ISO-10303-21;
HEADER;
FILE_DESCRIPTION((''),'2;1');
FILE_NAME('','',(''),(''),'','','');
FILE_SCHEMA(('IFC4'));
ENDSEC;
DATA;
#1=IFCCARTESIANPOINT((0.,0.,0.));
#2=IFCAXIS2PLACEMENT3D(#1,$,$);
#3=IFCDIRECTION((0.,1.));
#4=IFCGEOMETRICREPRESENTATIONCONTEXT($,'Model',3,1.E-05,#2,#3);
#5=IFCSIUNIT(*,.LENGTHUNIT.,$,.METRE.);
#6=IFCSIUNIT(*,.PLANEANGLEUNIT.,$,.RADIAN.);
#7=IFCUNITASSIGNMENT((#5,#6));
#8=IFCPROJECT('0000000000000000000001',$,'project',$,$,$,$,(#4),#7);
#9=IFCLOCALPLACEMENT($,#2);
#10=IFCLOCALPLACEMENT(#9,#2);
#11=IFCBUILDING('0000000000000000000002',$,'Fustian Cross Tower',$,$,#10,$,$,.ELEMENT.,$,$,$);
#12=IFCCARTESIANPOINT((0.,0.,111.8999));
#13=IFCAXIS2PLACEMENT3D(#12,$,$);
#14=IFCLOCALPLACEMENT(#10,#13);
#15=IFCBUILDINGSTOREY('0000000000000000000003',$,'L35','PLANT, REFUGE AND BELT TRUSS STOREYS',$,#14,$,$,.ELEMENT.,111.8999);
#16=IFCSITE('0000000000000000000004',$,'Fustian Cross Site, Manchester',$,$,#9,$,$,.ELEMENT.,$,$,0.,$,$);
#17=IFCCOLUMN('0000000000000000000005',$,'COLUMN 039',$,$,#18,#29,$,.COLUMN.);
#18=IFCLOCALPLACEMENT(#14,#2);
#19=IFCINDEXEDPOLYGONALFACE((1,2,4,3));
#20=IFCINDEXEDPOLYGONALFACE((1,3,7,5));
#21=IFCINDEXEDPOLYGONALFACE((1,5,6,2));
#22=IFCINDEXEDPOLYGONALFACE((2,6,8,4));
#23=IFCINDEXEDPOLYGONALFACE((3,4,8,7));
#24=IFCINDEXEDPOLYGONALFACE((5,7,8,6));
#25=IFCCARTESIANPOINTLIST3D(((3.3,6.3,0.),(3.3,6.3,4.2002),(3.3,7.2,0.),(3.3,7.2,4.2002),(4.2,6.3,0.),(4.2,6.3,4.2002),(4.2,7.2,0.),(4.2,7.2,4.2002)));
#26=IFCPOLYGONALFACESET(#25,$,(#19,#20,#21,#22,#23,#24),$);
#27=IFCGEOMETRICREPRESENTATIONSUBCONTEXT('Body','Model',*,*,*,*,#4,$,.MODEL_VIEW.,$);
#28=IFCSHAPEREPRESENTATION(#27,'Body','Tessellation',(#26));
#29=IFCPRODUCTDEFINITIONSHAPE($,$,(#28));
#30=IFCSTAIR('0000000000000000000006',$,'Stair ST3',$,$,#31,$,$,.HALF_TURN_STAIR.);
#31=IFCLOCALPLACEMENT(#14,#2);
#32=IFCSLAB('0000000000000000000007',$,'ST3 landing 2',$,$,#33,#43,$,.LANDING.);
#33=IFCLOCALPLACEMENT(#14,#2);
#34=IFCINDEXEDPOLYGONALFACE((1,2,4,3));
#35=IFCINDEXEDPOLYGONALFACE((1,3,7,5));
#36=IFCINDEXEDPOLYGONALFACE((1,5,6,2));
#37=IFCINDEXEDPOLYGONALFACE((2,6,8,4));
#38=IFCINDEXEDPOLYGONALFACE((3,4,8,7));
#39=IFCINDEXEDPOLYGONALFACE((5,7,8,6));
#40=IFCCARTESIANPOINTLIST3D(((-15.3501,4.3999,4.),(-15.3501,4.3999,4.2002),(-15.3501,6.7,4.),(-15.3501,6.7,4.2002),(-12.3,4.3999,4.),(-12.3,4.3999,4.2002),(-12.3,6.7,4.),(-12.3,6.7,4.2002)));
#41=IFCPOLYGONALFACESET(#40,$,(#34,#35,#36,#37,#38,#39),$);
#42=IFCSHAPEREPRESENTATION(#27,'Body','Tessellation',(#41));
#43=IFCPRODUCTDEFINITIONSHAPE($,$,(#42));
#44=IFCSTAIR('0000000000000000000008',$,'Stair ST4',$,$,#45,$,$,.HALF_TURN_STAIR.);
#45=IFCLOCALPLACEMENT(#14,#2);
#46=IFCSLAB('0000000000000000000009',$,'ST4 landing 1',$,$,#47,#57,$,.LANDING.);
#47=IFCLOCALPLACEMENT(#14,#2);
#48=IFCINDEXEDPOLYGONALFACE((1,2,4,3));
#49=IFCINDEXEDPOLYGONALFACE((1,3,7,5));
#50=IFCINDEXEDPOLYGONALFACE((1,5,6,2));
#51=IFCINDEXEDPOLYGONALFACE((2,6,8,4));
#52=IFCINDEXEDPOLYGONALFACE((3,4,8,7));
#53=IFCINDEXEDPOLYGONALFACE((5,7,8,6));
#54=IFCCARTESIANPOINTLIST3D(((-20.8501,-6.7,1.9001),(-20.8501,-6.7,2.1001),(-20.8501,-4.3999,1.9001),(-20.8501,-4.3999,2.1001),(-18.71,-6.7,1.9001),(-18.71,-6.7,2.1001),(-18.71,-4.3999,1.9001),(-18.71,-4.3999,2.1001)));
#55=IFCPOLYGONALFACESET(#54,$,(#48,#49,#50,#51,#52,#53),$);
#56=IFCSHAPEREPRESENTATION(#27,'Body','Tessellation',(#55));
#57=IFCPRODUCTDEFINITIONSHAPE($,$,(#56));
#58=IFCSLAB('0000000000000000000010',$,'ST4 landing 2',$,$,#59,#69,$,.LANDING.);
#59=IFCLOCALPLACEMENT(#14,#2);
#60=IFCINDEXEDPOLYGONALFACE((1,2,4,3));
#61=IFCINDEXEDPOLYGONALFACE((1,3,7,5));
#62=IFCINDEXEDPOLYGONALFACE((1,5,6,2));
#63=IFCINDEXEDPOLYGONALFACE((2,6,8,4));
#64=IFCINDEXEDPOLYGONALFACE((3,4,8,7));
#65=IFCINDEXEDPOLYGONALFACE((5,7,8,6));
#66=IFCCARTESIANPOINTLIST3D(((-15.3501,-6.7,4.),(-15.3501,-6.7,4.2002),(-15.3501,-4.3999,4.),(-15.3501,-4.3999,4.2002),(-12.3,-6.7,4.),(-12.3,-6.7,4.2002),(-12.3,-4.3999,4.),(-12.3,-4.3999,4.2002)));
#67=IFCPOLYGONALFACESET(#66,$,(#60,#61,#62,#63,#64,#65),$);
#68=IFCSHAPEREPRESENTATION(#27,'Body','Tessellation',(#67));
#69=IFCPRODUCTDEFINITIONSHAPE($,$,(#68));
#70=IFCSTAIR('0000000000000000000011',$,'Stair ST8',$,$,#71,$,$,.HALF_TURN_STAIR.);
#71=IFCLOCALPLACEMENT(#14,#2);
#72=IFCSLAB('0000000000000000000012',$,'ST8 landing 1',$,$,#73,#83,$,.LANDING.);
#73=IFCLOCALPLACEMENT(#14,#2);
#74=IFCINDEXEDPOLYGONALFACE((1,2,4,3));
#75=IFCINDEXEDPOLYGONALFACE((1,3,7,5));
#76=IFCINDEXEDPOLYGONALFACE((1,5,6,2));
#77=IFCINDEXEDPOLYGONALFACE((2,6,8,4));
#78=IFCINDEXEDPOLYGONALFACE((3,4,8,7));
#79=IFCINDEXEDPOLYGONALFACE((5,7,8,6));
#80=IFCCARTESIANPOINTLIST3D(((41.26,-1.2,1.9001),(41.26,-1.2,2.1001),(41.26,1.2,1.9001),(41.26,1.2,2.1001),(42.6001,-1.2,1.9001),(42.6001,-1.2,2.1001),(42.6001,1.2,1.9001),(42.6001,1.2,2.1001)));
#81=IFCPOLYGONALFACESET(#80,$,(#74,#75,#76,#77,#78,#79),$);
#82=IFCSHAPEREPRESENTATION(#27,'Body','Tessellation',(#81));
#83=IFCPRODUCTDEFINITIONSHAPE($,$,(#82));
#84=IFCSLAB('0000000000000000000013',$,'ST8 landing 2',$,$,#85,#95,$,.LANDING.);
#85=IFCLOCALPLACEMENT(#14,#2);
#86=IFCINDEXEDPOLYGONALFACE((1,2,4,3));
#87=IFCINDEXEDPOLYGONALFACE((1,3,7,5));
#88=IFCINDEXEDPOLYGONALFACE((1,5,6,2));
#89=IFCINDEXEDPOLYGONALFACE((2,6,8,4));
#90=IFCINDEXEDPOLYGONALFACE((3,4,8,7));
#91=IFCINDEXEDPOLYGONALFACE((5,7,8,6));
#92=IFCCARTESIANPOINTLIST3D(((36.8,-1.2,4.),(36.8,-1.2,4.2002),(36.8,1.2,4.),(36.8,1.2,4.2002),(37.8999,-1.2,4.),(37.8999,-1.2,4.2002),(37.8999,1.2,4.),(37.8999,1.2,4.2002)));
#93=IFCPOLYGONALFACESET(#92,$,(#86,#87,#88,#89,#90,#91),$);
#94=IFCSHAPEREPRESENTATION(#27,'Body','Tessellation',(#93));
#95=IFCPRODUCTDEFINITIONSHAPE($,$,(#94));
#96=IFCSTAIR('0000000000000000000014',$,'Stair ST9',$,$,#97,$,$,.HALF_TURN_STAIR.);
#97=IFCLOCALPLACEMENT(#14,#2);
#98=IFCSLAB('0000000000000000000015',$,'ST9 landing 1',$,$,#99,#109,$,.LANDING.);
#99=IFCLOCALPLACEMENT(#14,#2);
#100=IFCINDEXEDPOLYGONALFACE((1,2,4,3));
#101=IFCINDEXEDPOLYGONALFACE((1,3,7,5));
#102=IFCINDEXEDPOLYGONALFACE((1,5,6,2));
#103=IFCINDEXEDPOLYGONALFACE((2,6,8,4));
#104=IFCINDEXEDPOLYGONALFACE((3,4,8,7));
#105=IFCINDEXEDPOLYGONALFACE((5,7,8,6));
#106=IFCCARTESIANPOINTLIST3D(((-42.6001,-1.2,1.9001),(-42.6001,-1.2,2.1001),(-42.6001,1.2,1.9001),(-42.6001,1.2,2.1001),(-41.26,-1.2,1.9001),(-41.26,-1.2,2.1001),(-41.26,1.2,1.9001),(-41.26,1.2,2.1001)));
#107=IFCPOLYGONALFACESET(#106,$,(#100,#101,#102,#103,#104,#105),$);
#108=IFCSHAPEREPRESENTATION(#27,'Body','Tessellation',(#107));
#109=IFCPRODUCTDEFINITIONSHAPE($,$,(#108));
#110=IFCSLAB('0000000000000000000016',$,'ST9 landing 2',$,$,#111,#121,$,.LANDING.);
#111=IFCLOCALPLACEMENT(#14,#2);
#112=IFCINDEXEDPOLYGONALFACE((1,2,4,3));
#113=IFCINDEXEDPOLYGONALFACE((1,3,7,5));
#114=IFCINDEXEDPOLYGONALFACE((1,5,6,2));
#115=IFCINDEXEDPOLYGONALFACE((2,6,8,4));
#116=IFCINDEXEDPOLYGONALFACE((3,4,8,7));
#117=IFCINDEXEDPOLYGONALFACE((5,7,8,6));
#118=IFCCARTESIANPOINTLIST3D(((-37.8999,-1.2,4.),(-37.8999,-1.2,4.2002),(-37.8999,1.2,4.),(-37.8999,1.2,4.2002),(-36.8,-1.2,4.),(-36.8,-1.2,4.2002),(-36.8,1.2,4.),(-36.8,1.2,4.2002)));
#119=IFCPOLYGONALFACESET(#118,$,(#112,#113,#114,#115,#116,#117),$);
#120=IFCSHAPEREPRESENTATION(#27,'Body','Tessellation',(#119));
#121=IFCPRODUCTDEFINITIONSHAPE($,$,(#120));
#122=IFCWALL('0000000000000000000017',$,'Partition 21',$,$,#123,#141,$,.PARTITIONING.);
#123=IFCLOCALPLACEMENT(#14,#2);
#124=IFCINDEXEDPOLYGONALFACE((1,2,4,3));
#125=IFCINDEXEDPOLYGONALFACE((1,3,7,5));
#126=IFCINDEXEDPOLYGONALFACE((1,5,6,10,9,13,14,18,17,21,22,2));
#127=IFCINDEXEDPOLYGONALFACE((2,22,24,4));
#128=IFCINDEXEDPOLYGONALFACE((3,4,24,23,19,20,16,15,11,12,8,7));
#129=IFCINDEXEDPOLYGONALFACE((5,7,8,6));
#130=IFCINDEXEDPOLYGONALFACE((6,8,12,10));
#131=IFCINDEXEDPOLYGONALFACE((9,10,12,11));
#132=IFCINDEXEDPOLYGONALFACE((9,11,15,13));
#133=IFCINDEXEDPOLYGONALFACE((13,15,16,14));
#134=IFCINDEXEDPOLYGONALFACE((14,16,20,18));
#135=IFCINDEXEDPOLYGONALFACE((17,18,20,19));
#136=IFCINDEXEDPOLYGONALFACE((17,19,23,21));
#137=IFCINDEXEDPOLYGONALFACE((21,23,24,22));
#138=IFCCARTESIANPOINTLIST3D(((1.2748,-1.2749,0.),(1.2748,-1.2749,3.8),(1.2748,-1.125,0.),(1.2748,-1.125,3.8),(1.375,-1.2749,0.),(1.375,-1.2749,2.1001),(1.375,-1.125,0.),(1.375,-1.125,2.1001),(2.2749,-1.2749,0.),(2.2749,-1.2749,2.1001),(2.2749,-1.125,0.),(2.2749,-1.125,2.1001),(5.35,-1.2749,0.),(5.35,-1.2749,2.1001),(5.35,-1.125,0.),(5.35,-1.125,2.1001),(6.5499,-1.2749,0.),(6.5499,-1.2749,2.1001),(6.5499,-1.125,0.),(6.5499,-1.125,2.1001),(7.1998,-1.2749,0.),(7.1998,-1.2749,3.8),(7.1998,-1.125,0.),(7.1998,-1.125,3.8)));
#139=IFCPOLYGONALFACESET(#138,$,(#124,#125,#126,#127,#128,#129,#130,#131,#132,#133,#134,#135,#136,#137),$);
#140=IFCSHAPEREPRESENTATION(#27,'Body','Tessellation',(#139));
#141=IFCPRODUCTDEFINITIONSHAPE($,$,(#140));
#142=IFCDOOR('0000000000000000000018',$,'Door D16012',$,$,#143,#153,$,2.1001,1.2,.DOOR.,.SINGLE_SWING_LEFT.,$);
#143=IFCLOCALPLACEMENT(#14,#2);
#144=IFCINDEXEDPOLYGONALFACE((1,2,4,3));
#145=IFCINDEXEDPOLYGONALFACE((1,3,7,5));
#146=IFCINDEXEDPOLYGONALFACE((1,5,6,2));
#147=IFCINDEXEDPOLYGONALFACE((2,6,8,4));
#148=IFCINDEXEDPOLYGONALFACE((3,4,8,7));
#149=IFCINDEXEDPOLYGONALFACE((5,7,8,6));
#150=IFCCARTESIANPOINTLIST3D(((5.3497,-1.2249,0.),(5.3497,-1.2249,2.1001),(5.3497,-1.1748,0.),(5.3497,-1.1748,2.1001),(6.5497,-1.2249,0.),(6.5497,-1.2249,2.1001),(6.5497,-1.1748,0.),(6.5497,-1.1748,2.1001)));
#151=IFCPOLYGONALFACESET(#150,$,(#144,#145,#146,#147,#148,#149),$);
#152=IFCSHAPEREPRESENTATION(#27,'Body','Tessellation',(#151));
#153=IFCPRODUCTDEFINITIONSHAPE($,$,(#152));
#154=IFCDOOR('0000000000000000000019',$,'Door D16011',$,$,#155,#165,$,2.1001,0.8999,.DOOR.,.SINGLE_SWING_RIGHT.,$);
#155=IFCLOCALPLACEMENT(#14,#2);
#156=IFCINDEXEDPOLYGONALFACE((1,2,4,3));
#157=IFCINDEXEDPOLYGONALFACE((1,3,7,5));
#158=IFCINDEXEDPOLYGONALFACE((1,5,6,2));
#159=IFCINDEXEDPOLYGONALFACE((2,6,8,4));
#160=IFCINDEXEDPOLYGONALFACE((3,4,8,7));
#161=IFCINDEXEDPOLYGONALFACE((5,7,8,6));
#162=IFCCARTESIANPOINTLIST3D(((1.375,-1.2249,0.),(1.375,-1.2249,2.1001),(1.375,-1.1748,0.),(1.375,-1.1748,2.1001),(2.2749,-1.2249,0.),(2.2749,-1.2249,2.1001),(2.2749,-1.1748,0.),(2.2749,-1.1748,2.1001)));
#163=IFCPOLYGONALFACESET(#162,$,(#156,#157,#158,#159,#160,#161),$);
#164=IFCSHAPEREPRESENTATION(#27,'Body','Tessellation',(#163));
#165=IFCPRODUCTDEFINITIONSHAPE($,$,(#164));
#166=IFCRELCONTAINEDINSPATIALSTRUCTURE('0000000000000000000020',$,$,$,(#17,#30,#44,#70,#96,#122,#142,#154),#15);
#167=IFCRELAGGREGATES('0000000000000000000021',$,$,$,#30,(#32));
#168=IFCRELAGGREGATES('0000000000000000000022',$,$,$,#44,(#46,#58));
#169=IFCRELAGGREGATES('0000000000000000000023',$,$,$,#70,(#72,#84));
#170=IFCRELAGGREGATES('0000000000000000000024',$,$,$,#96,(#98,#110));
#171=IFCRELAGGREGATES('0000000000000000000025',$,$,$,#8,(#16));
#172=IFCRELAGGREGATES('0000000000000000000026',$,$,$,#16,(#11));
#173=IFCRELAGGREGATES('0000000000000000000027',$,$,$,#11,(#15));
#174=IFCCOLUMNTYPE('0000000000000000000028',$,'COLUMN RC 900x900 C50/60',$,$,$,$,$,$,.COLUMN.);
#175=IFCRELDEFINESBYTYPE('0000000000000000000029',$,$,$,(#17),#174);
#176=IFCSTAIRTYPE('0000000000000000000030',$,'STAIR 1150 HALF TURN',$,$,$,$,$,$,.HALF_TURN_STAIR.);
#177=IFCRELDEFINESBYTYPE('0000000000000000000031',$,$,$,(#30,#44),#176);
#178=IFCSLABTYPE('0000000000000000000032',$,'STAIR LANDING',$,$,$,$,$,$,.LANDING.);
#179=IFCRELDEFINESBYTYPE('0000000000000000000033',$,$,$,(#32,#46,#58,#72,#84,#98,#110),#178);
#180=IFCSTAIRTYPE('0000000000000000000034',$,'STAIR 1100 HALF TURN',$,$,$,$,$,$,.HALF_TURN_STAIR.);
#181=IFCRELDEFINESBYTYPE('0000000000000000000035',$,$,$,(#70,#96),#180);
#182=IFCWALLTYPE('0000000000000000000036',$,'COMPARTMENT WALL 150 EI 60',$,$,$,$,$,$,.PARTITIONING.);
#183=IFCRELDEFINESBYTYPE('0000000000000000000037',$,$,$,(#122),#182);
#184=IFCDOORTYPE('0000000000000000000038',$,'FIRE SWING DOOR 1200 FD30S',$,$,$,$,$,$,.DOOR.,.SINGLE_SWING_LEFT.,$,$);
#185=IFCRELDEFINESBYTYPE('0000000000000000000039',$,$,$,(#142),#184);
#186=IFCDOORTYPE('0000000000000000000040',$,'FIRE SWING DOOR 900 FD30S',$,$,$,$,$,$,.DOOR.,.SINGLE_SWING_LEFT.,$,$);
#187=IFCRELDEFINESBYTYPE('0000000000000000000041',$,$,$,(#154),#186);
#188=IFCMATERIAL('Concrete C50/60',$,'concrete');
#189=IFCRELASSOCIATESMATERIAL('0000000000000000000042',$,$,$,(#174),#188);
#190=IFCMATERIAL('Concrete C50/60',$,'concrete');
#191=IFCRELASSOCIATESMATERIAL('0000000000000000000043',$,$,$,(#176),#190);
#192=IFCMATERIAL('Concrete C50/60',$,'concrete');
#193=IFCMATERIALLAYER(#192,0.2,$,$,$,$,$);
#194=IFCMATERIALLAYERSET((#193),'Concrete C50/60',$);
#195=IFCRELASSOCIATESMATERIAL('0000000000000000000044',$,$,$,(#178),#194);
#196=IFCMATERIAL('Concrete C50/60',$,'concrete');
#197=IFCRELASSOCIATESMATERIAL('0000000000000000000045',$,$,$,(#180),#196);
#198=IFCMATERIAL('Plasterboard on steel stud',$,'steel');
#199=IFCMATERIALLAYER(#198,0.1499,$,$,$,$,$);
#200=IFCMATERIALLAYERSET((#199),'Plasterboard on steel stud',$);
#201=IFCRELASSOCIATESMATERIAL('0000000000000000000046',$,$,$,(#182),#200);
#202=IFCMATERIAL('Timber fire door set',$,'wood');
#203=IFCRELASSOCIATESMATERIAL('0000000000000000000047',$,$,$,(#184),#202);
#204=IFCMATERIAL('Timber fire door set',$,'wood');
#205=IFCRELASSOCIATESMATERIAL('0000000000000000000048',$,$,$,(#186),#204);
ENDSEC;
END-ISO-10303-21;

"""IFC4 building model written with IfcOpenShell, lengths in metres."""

from ifc_helpers import new_model, si_unit, direction, frame, frame_2d, origin, origin_2d, place, context, subcontext, project, spatial, polyline, rectangle, outline, extrude, material, layer, layer_set, material_profile, profile_set, type_object, element, fill, aggregate, save


model = new_model("IFC4")

# Units and contexts
model_context = context("Model", 3, precision=1e-05, world=origin(), true_north=direction((0.0, 1.0)))
body_context = subcontext(model_context, "Body", "Model", "MODEL_VIEW")
ifc_project = project(units=[si_unit("LENGTHUNIT", "METRE"), si_unit("PLANEANGLEUNIT", "RADIAN")], contexts=[model_context])

# Site, building, storey
site_placement = place(None, origin())
site = spatial("IfcSite", under=ifc_project, at=site_placement, Name="Fustian Cross Site, Manchester", CompositionType="ELEMENT", RefElevation=0.0)
building_placement = place(site_placement, origin())
building = spatial("IfcBuilding", under=site, at=building_placement, Name="Fustian Cross Tower", CompositionType="ELEMENT")
storey_placement = place(building_placement, frame((0.0, 0.0, 111.8999)))
storey = spatial("IfcBuildingStorey", under=building, at=storey_placement, Name="L35", Description="PLANT, REFUGE AND BELT TRUSS STOREYS", CompositionType="ELEMENT", Elevation=111.8999)

# Column
ifc_material_1 = material(Name="Concrete C50/60", Category="concrete")
ifc_material_profile = material_profile(ifc_material_1, rectangle(XDim=0.8999, YDim=0.8999, at=origin_2d()), Name="RC 900x900")
ifc_profile_set = profile_set([ifc_material_profile], Name="Concrete C50/60")
column_type = type_object("IfcColumnType", Name="COLUMN RC 900x900 C50/60", PredefinedType="COLUMN", material=ifc_profile_set)
column_placement = place(storey_placement, frame((3.75, 6.75, 0.0), z_axis=(0.0, 0.0, 1.0), x_axis=(1.0, 0.0, 0.0)))
element("IfcColumn", 1, at=column_placement, inside=storey, type_object=column_type, Name="COLUMN 039", PredefinedType="COLUMN", context=body_context, shape_type="SweptSolid", body=[
    extrude(rectangle(XDim=0.8999, YDim=0.8999, at=origin_2d()), origin(), (0.0, 0.0, 1.0), 4.2002),
])

# Stair, slab
ifc_material_2 = material(Name="Concrete C50/60", Category="concrete")
stair_type_1 = type_object("IfcStairType", Name="STAIR 1150 HALF TURN", PredefinedType="HALF_TURN_STAIR", material=ifc_material_2)
stair_1_placement = place(storey_placement, origin())
stair_1 = element("IfcStair", 2, at=stair_1_placement, inside=storey, type_object=stair_type_1, Name="Stair ST3", PredefinedType="HALF_TURN_STAIR")
ifc_material_3 = material(Name="Concrete C50/60", Category="concrete")
ifc_layer_1 = layer(ifc_material_3, 0.2)
ifc_layer_set_1 = layer_set([ifc_layer_1], Name="Concrete C50/60")
slab_type = type_object("IfcSlabType", Name="STAIR LANDING", PredefinedType="LANDING", material=ifc_layer_set_1)
slab_1_placement = place(storey_placement, frame((0.0, 0.0, 4.0)))
slab_1 = element("IfcSlab", 3, at=slab_1_placement, type_object=slab_type, Name="ST3 landing 2", PredefinedType="LANDING", context=body_context, shape_type="SweptSolid", body=[
    extrude(outline(polyline([(-12.3, 4.3999), (-15.3501, 4.3999), (-15.3501, 6.7), (-12.3, 6.7), (-12.3, 4.3999)])), origin(), (0.0, 0.0, 1.0), 0.2002),
])
aggregate(stair_1, [slab_1])

# Stairs, slabs
stair_2_placement = place(storey_placement, origin())
stair_2 = element("IfcStair", 4, at=stair_2_placement, inside=storey, type_object=stair_type_1, Name="Stair ST4", PredefinedType="HALF_TURN_STAIR")
slab_2_placement = place(storey_placement, frame((0.0, 0.0, 1.9001)))
slab_2 = element("IfcSlab", 5, at=slab_2_placement, type_object=slab_type, Name="ST4 landing 1", PredefinedType="LANDING", context=body_context, shape_type="SweptSolid", body=[
    extrude(outline(polyline([(-18.71, -4.3999), (-20.8501, -4.3999), (-20.8501, -6.7), (-18.71, -6.7), (-18.71, -4.3999)])), origin(), (0.0, 0.0, 1.0), 0.2),
])
slab_3_placement = place(storey_placement, frame((0.0, 0.0, 4.0)))
slab_3 = element("IfcSlab", 6, at=slab_3_placement, type_object=slab_type, Name="ST4 landing 2", PredefinedType="LANDING", context=body_context, shape_type="SweptSolid", body=[
    extrude(outline(polyline([(-12.3, -4.3999), (-15.3501, -4.3999), (-15.3501, -6.7), (-12.3, -6.7), (-12.3, -4.3999)])), origin(), (0.0, 0.0, 1.0), 0.2002),
])
aggregate(stair_2, [slab_2, slab_3])
ifc_material_4 = material(Name="Concrete C50/60", Category="concrete")
stair_type_2 = type_object("IfcStairType", Name="STAIR 1100 HALF TURN", PredefinedType="HALF_TURN_STAIR", material=ifc_material_4)
stair_3_placement = place(storey_placement, origin())
stair_3 = element("IfcStair", 7, at=stair_3_placement, inside=storey, type_object=stair_type_2, Name="Stair ST8", PredefinedType="HALF_TURN_STAIR")
slab_4_placement = place(storey_placement, frame((0.0, 0.0, 1.9001)))
slab_4 = element("IfcSlab", 8, at=slab_4_placement, type_object=slab_type, Name="ST8 landing 1", PredefinedType="LANDING", context=body_context, shape_type="SweptSolid", body=[
    extrude(outline(polyline([(41.26, -1.2), (42.6001, -1.2), (42.6001, 1.2), (41.26, 1.2), (41.26, -1.2)])), origin(), (0.0, 0.0, 1.0), 0.2),
])
slab_5_placement = place(storey_placement, frame((0.0, 0.0, 4.0)))
slab_5 = element("IfcSlab", 9, at=slab_5_placement, type_object=slab_type, Name="ST8 landing 2", PredefinedType="LANDING", context=body_context, shape_type="SweptSolid", body=[
    extrude(outline(polyline([(36.8, -1.2), (37.8999, -1.2), (37.8999, 1.2), (36.8, 1.2), (36.8, -1.2)])), origin(), (0.0, 0.0, 1.0), 0.2002),
])
aggregate(stair_3, [slab_4, slab_5])
stair_4_placement = place(storey_placement, origin())
stair_4 = element("IfcStair", 10, at=stair_4_placement, inside=storey, type_object=stair_type_2, Name="Stair ST9", PredefinedType="HALF_TURN_STAIR")
slab_6_placement = place(storey_placement, frame((0.0, 0.0, 1.9001)))
slab_6 = element("IfcSlab", 11, at=slab_6_placement, type_object=slab_type, Name="ST9 landing 1", PredefinedType="LANDING", context=body_context, shape_type="SweptSolid", body=[
    extrude(outline(polyline([(-41.26, -1.2), (-42.6001, -1.2), (-42.6001, 1.2), (-41.26, 1.2), (-41.26, -1.2)])), origin(), (0.0, 0.0, 1.0), 0.2),
])
slab_7_placement = place(storey_placement, frame((0.0, 0.0, 4.0)))
slab_7 = element("IfcSlab", 12, at=slab_7_placement, type_object=slab_type, Name="ST9 landing 2", PredefinedType="LANDING", context=body_context, shape_type="SweptSolid", body=[
    extrude(outline(polyline([(-36.8, -1.2), (-37.8999, -1.2), (-37.8999, 1.2), (-36.8, 1.2), (-36.8, -1.2)])), origin(), (0.0, 0.0, 1.0), 0.2002),
])
aggregate(stair_4, [slab_6, slab_7])

# Wall, openings, doors
ifc_material_5 = material(Name="Plasterboard on steel stud", Category="steel")
ifc_layer_2 = layer(ifc_material_5, 0.1499)
ifc_layer_set_2 = layer_set([ifc_layer_2], Name="Plasterboard on steel stud")
wall_type = type_object("IfcWallType", Name="COMPARTMENT WALL 150 EI 60", PredefinedType="PARTITIONING", material=ifc_layer_set_2)
wall_1_placement = place(storey_placement, frame((1.2749, -1.2, 0.0), z_axis=(0.0, 0.0, 1.0), x_axis=(1.0, 0.0, 0.0)))
wall_1 = element("IfcWall", 13, at=wall_1_placement, inside=storey, type_object=wall_type, Name="Partition 21", PredefinedType="PARTITIONING", context=body_context, shape_type="SweptSolid", body=[
    extrude(rectangle(XDim=5.925, YDim=0.1499, at=frame_2d((2.9624, 0.0))), origin(), (0.0, 0.0, 1.0), 3.8),
])
opening_1_placement = place(wall_1_placement, frame((0.1001, 0.0, 0.0)))
opening_1 = element("IfcOpeningElement", 14, at=opening_1_placement, cuts=wall_1, PredefinedType="OPENING", context=body_context, shape_type="SweptSolid", body=[
    extrude(rectangle(XDim=0.8999, YDim=2.1001, at=frame_2d((0.45, 1.05))), frame((0.0, 0.085, 0.0), z_axis=(0.0, -1.0, 0.0), x_axis=(1.0, 0.0, 0.0)), (0.0, 0.0, 1.0), 0.1699),
])
opening_2_placement = place(wall_1_placement, frame((4.075, 0.0, 0.0)))
opening_2 = element("IfcOpeningElement", 15, at=opening_2_placement, cuts=wall_1, PredefinedType="OPENING", context=body_context, shape_type="SweptSolid", body=[
    extrude(rectangle(XDim=1.2, YDim=2.1001, at=frame_2d((0.6001, 1.05))), frame((0.0, 0.085, 0.0), z_axis=(0.0, -1.0, 0.0), x_axis=(1.0, 0.0, 0.0)), (0.0, 0.0, 1.0), 0.1699),
])
ifc_material_6 = material(Name="Timber fire door set", Category="wood")
door_type_1 = type_object("IfcDoorType", Name="FIRE SWING DOOR 1200 FD30S", OperationType="SINGLE_SWING_LEFT", PredefinedType="DOOR", material=ifc_material_6)
door_1_placement = place(opening_2_placement, frame((1.2, 0.0, 0.0), z_axis=(0.0, 0.0, 1.0), x_axis=(-1.0, 0.0, 0.0)))
door_1 = element("IfcDoor", 16, at=door_1_placement, inside=storey, type_object=door_type_1, Name="Door D16012", OperationType="SINGLE_SWING_LEFT", OverallHeight=2.1001, OverallWidth=1.2, PredefinedType="DOOR", context=body_context, shape_type="SweptSolid", body=[
    extrude(rectangle(XDim=1.2, YDim=2.1001, at=frame_2d((0.6001, 1.05))), frame((0.0, 0.0249, 0.0), z_axis=(0.0, -1.0, 0.0), x_axis=(1.0, 0.0, 0.0)), (0.0, 0.0, 1.0), 0.05),
])
fill(opening_2, door_1)
ifc_material_7 = material(Name="Timber fire door set", Category="wood")
door_type_2 = type_object("IfcDoorType", Name="FIRE SWING DOOR 900 FD30S", OperationType="SINGLE_SWING_LEFT", PredefinedType="DOOR", material=ifc_material_7)
door_2_placement = place(opening_1_placement, frame((0.8999, 0.0, 0.0), z_axis=(0.0, 0.0, 1.0), x_axis=(-1.0, 0.0, 0.0)))
door_2 = element("IfcDoor", 17, at=door_2_placement, inside=storey, type_object=door_type_2, Name="Door D16011", OperationType="SINGLE_SWING_RIGHT", OverallHeight=2.1001, OverallWidth=0.8999, PredefinedType="DOOR", context=body_context, shape_type="SweptSolid", body=[
    extrude(rectangle(XDim=0.8999, YDim=2.1001, at=frame_2d((0.45, 1.05))), frame((0.0, 0.0249, 0.0), z_axis=(0.0, -1.0, 0.0), x_axis=(1.0, 0.0, 0.0)), (0.0, 0.0, 1.0), 0.05),
])
fill(opening_1, door_2)

save(model, "model.ifc")
